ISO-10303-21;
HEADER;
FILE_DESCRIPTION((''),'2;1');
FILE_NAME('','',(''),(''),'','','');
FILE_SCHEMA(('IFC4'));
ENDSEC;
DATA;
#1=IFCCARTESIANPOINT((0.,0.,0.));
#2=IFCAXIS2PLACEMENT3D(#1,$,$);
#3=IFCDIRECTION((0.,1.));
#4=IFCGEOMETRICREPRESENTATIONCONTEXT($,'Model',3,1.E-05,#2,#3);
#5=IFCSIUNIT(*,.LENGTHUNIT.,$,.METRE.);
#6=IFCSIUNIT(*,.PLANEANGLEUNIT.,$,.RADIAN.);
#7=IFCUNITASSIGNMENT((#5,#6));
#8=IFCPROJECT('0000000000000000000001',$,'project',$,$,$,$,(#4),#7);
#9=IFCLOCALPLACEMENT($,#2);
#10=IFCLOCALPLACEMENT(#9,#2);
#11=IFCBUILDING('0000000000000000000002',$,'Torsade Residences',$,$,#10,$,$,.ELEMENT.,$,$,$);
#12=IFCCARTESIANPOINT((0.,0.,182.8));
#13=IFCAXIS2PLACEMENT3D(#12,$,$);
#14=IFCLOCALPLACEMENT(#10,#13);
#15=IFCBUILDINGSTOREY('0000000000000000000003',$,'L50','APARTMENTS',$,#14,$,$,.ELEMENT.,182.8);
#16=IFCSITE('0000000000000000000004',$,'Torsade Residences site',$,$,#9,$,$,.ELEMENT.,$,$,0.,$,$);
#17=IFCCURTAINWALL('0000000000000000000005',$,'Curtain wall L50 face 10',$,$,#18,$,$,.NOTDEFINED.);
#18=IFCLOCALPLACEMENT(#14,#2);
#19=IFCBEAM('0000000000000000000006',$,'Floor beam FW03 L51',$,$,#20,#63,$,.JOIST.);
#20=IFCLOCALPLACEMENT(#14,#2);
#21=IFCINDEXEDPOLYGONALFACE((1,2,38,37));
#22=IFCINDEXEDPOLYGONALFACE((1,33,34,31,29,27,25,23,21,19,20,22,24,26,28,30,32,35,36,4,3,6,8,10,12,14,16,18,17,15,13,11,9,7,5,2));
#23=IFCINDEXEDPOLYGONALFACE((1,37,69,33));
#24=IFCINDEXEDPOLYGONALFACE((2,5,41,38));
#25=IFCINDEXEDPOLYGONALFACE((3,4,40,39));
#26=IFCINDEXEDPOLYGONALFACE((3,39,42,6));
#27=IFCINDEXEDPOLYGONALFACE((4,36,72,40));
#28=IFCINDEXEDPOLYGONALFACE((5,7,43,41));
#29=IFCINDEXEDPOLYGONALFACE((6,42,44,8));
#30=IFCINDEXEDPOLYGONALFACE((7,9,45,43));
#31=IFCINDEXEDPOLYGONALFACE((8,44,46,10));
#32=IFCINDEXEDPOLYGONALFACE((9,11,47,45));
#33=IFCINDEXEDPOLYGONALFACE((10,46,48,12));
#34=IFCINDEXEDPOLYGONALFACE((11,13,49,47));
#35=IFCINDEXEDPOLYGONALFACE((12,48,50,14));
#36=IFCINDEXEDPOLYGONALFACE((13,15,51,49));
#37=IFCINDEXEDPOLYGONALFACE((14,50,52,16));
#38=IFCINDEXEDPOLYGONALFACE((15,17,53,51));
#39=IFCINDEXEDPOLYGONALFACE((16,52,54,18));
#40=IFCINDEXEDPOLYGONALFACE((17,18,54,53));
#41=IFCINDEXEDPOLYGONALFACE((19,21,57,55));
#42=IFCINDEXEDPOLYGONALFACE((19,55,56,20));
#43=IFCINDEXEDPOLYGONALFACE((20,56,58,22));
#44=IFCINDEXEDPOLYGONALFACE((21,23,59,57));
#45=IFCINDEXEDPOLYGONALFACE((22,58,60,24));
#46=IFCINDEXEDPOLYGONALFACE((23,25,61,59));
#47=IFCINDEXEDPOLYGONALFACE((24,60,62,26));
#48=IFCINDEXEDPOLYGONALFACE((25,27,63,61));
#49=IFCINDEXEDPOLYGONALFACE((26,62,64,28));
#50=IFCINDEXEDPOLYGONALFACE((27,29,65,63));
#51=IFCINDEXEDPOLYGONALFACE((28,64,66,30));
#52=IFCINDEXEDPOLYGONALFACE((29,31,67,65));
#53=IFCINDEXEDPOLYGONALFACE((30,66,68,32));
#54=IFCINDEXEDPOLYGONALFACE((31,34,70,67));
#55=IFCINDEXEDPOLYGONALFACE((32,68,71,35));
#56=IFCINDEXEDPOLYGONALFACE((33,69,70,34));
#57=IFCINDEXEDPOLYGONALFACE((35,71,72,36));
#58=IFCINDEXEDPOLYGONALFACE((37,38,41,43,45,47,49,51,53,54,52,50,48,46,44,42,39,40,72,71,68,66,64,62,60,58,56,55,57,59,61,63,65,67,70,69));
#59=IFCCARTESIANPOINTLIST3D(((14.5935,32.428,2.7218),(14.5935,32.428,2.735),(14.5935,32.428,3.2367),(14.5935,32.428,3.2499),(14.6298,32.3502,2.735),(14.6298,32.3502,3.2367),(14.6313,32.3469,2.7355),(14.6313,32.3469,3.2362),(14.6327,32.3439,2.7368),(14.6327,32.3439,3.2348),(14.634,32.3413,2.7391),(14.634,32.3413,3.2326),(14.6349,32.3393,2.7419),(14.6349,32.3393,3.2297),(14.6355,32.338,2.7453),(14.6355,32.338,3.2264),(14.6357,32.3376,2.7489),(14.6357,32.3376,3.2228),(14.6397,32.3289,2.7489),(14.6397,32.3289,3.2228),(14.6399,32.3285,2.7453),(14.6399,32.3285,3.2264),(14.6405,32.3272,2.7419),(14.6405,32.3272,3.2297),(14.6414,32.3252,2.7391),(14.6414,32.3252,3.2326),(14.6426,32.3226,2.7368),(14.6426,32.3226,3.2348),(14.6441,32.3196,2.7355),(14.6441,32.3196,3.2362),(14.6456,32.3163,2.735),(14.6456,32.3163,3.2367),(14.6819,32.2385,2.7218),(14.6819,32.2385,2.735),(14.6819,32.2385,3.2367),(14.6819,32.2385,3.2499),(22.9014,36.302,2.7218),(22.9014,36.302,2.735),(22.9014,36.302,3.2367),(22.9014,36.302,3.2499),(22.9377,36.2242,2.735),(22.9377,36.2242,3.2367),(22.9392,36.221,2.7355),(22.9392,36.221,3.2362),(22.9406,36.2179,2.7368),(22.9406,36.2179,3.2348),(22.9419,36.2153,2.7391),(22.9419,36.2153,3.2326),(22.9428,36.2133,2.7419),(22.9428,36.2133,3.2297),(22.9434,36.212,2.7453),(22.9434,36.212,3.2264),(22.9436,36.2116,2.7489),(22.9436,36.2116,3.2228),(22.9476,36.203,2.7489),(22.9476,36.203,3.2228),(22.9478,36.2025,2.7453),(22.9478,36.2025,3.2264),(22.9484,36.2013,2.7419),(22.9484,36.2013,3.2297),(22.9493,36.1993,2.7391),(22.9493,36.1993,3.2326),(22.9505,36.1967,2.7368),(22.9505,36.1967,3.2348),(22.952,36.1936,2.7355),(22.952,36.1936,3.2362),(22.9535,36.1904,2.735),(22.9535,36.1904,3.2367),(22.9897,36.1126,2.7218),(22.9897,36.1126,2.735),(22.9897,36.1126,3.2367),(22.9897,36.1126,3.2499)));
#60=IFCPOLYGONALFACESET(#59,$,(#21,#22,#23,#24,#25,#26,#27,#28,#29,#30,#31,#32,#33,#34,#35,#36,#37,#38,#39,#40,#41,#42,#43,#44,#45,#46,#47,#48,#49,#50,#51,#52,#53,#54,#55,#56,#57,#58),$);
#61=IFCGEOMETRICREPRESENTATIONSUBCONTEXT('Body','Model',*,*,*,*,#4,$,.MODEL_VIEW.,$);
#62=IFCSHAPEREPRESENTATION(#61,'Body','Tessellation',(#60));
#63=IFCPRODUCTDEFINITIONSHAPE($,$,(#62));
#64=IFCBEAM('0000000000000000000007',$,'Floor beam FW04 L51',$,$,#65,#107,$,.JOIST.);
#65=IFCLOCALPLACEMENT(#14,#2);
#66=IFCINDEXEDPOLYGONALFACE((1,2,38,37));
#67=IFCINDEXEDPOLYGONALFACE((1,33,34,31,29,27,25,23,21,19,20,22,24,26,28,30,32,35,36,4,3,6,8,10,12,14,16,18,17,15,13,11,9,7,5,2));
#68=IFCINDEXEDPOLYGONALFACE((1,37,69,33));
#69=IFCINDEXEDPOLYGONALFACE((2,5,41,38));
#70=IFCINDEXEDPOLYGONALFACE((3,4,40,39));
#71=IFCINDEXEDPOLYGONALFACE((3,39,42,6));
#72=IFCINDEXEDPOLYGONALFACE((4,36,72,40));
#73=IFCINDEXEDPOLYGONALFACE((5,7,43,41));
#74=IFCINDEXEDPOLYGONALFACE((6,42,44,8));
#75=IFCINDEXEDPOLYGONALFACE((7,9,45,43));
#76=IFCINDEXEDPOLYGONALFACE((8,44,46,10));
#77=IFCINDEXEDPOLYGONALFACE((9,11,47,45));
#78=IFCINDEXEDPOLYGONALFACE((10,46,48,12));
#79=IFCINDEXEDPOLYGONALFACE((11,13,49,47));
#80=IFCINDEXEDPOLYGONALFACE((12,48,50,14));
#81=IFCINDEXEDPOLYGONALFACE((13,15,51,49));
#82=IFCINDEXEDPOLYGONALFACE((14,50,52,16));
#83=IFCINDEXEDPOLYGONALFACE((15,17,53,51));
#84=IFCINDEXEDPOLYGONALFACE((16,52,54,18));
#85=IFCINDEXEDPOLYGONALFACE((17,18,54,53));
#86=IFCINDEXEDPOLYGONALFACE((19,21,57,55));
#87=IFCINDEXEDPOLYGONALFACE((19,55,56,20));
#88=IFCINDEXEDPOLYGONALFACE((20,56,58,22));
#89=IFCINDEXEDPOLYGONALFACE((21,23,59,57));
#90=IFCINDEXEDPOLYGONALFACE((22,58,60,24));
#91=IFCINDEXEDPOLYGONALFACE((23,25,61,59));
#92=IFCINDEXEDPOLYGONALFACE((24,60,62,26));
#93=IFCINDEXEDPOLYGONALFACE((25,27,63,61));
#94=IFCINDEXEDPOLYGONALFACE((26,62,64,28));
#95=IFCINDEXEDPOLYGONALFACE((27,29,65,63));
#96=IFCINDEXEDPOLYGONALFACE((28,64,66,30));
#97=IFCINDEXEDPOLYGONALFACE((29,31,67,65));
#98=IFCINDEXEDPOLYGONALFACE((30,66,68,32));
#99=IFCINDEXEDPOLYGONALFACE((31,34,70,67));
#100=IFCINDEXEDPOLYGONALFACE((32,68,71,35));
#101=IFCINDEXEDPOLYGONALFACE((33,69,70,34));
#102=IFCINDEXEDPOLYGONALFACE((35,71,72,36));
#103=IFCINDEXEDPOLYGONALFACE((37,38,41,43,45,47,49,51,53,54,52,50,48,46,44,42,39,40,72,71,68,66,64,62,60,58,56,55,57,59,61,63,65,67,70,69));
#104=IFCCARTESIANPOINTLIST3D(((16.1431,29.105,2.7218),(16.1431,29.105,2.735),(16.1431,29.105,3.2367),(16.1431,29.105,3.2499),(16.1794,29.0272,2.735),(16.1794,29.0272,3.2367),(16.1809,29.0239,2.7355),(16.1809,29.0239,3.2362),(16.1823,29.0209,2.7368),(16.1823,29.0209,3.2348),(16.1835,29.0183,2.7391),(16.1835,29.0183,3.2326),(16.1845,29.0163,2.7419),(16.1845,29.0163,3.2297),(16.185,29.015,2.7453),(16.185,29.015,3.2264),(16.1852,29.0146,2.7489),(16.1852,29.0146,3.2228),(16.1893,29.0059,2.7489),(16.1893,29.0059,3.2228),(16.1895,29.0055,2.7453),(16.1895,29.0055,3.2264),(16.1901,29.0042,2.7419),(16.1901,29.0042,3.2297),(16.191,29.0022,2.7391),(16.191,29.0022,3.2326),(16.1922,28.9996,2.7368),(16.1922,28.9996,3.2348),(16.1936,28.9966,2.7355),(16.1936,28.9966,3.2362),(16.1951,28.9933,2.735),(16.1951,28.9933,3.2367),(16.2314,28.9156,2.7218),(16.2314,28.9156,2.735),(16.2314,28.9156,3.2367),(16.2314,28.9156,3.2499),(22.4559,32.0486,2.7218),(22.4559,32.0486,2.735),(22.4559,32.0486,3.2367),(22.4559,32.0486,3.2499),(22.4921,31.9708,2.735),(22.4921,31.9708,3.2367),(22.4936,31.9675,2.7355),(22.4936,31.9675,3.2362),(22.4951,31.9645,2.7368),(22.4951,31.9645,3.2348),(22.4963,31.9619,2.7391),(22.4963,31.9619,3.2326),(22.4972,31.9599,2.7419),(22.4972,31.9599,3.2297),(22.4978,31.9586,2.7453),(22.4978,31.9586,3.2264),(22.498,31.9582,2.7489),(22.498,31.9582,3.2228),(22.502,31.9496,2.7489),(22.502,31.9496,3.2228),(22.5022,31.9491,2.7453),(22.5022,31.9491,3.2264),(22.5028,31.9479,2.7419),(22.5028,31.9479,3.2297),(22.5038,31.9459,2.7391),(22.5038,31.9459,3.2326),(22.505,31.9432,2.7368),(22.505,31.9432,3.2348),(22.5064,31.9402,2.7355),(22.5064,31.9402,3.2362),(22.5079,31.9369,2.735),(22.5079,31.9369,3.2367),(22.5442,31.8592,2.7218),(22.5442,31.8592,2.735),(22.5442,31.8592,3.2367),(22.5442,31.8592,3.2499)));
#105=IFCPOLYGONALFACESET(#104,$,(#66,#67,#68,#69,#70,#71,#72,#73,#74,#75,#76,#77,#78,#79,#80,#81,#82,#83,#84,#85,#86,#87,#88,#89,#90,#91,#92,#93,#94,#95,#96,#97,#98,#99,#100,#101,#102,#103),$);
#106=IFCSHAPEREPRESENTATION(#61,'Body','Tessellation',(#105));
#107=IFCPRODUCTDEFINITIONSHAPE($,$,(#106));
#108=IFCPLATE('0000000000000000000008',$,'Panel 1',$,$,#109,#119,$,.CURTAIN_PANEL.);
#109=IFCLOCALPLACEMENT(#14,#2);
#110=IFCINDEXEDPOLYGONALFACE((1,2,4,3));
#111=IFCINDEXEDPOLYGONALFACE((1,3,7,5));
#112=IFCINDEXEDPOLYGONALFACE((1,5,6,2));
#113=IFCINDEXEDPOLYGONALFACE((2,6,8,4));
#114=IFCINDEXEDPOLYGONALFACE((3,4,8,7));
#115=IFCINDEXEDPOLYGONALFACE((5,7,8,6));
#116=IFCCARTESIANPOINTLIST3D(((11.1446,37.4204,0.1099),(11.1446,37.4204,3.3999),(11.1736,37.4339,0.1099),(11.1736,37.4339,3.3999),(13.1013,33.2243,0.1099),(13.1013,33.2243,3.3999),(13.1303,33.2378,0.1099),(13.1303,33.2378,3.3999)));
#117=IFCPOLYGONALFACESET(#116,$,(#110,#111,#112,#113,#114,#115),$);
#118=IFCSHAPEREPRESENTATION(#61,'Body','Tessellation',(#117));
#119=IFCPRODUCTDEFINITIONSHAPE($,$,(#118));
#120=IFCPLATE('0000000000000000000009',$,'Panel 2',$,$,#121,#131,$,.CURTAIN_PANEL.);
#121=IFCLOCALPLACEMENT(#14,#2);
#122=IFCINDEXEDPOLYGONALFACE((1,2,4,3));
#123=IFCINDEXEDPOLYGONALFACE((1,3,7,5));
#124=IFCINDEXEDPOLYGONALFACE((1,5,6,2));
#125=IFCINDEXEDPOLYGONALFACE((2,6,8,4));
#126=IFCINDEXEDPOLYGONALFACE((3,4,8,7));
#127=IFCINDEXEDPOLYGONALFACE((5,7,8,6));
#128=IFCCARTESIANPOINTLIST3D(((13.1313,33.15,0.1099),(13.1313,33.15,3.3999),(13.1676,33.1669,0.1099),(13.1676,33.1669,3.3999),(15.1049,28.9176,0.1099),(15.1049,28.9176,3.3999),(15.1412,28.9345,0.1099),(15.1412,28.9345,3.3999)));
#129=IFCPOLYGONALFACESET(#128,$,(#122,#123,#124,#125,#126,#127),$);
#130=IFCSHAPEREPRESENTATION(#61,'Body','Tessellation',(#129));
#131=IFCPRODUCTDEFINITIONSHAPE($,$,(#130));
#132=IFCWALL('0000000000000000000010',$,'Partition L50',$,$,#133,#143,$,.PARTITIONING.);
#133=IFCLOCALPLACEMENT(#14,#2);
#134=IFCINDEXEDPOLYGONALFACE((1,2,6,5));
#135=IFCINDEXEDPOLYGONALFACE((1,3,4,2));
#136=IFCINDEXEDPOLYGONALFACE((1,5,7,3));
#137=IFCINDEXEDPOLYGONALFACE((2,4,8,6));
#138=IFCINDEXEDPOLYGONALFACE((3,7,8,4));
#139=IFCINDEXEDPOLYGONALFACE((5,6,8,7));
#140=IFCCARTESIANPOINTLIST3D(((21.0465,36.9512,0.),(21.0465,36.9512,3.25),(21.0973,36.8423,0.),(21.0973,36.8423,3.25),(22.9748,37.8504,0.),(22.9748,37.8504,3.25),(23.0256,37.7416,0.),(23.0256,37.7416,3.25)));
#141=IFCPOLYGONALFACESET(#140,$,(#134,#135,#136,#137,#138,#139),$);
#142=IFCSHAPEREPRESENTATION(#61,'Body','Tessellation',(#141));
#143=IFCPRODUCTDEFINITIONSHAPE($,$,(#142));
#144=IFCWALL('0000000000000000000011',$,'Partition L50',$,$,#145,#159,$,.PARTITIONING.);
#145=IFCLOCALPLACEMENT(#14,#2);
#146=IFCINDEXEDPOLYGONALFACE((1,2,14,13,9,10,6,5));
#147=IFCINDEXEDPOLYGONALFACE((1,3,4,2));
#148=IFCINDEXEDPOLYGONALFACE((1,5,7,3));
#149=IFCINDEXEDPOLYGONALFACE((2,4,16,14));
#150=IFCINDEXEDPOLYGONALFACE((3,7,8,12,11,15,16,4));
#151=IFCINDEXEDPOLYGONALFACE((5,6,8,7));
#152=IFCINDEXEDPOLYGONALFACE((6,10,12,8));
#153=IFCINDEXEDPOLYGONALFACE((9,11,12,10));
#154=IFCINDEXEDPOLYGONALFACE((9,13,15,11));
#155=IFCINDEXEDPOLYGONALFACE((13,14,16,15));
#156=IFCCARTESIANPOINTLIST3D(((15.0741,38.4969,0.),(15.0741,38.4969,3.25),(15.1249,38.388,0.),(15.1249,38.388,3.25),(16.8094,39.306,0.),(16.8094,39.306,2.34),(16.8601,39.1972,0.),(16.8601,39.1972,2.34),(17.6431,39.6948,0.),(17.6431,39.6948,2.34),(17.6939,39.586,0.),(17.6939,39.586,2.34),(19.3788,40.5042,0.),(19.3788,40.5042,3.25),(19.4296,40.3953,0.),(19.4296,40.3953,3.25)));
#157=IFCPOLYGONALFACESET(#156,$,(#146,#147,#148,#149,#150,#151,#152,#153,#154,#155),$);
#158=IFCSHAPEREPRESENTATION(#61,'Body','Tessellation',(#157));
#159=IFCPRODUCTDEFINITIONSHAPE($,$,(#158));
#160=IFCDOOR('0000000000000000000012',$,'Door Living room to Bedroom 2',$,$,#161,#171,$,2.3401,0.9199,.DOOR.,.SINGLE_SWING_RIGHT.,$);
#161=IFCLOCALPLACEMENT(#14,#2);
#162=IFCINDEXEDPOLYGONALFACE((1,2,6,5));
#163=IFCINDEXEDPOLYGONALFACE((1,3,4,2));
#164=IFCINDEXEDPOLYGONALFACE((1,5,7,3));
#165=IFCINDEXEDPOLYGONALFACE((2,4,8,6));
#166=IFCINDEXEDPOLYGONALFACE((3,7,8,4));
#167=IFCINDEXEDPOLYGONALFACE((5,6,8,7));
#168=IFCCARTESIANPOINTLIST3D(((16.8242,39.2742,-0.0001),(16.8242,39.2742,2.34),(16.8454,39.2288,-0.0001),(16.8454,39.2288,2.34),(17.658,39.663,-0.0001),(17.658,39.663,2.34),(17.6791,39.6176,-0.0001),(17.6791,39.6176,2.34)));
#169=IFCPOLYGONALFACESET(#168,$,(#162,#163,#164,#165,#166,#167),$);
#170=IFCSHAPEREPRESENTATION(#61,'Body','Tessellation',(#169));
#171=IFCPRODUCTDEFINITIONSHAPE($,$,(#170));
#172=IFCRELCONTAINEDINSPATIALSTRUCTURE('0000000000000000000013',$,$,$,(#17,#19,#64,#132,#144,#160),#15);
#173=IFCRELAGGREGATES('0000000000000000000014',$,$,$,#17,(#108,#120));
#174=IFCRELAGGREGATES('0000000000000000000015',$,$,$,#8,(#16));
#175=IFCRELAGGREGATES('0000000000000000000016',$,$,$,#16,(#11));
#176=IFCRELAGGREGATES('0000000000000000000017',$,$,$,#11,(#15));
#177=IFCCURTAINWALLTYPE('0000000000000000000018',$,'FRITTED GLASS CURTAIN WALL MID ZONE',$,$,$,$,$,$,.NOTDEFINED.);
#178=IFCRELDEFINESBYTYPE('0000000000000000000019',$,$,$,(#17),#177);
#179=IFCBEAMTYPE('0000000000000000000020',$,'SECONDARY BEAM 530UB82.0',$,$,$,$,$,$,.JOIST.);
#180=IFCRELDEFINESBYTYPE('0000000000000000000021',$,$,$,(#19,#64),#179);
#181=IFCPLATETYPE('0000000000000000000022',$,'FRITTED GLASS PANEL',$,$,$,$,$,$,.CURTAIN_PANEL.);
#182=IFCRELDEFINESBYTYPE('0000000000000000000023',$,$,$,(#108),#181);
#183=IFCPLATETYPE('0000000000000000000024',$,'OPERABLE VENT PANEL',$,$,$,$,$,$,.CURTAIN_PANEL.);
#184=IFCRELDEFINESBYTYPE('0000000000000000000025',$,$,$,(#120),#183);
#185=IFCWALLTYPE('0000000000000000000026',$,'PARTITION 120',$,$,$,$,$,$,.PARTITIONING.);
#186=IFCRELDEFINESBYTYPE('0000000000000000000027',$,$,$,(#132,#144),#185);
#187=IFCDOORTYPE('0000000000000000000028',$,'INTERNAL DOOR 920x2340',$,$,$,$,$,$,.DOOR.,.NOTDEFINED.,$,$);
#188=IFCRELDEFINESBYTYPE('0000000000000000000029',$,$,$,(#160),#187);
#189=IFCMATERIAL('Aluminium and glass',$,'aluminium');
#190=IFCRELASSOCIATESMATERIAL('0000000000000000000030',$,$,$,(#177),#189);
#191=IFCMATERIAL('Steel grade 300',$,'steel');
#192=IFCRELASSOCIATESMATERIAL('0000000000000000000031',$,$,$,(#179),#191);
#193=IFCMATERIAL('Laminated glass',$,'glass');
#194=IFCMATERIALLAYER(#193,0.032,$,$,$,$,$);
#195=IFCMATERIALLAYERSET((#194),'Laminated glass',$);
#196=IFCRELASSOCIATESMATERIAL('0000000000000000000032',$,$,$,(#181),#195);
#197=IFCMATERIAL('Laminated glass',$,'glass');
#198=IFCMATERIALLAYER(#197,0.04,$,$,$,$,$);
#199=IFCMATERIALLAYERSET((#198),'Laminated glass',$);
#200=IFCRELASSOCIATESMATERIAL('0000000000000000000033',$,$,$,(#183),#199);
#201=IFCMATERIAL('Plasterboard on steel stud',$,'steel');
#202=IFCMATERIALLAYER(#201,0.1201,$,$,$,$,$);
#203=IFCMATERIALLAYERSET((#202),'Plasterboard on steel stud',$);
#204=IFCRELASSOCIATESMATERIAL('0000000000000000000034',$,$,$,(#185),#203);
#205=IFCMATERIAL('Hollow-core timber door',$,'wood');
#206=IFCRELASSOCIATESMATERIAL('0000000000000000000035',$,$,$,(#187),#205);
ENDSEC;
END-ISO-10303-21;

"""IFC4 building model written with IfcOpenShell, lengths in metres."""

from ifc_helpers import new_model, si_unit, direction, frame, frame_2d, origin, origin_2d, place, context, subcontext, project, spatial, rectangle, i_section, extrude, material, layer, layer_set, material_profile, profile_set, type_object, element, fill, aggregate, save


model = new_model("IFC4")

# Units and contexts
model_context = context("Model", 3, precision=1e-05, world=origin(), true_north=direction((0.0, 1.0)))
body_context = subcontext(model_context, "Body", "Model", "MODEL_VIEW")
ifc_project = project(units=[si_unit("LENGTHUNIT", "METRE"), si_unit("PLANEANGLEUNIT", "RADIAN")], contexts=[model_context])

# Site, building, storey
site_placement = place(None, origin())
site = spatial("IfcSite", under=ifc_project, at=site_placement, Name="Torsade Residences site", CompositionType="ELEMENT", RefElevation=0.0)
building_placement = place(site_placement, origin())
building = spatial("IfcBuilding", under=site, at=building_placement, Name="Torsade Residences", CompositionType="ELEMENT")
storey_placement = place(building_placement, frame((0.0, 0.0, 182.8)))
storey = spatial("IfcBuildingStorey", under=building, at=storey_placement, Name="L50", Description="APARTMENTS", CompositionType="ELEMENT", Elevation=182.8)

# Curtain wall
ifc_material_1 = material(Name="Aluminium and glass", Category="aluminium")
curtain_wall_type = type_object("IfcCurtainWallType", Name="FRITTED GLASS CURTAIN WALL MID ZONE", PredefinedType="NOTDEFINED", material=ifc_material_1)
curtain_wall_placement = place(storey_placement, origin())
curtain_wall = element("IfcCurtainWall", 1, at=curtain_wall_placement, inside=storey, type_object=curtain_wall_type, Name="Curtain wall L50 face 10", PredefinedType="NOTDEFINED")

# Beams
ifc_material_2 = material(Name="Steel grade 300", Category="steel")
ifc_material_profile_1 = material_profile(ifc_material_2, i_section(OverallWidth=0.209, OverallDepth=0.5281, WebThickness=0.0095, FlangeThickness=0.0132, FilletRadius=0.0139, at=origin_2d()), Name="530UB82.0")
ifc_profile_set_1 = profile_set([ifc_material_profile_1], Name="Steel grade 300")
beam_type_1 = type_object("IfcBeamType", Name="SECONDARY BEAM 530UB82.0", PredefinedType="JOIST", material=ifc_profile_set_1)
beam_1_placement = place(storey_placement, frame((14.6377, 32.3333, 2.9858), z_axis=(0.906308, 0.422619, 0.0), x_axis=(-0.422619, 0.906308, 0.0)))
element("IfcBeam", 2, at=beam_1_placement, inside=storey, type_object=beam_type_1, Name="Floor beam FW03 L51", PredefinedType="JOIST", context=body_context, shape_type="SweptSolid", body=[
    extrude(i_section(OverallWidth=0.209, OverallDepth=0.5281, WebThickness=0.0095, FlangeThickness=0.0132, FilletRadius=0.0139, at=origin_2d()), origin(), (0.0, 0.0, 1.0), 9.1667),
])
beam_2_placement = place(storey_placement, frame((16.1873, 29.0103, 2.9858), z_axis=(0.906312, 0.422609, 0.0), x_axis=(-0.422609, 0.906312, 0.0)))
element("IfcBeam", 3, at=beam_2_placement, inside=storey, type_object=beam_type_1, Name="Floor beam FW04 L51", PredefinedType="JOIST", context=body_context, shape_type="SweptSolid", body=[
    extrude(i_section(OverallWidth=0.209, OverallDepth=0.5281, WebThickness=0.0095, FlangeThickness=0.0132, FilletRadius=0.0139, at=origin_2d()), origin(), (0.0, 0.0, 1.0), 6.9653),
])

# Plates
ifc_material_3 = material(Name="Laminated glass", Category="glass")
ifc_layer_1 = layer(ifc_material_3, 0.032)
ifc_layer_set_1 = layer_set([ifc_layer_1], Name="Laminated glass")
plate_type_1 = type_object("IfcPlateType", Name="FRITTED GLASS PANEL", PredefinedType="CURTAIN_PANEL", material=ifc_layer_set_1)
plate_1_placement = place(storey_placement, frame((12.1375, 35.3291, 0.1099), z_axis=(0.0, 0.0, 1.0), x_axis=(0.422618, -0.906308, 0.0)))
plate_1 = element("IfcPlate", 4, at=plate_1_placement, type_object=plate_type_1, Name="Panel 1", PredefinedType="CURTAIN_PANEL", context=body_context, shape_type="SweptSolid", body=[
    extrude(rectangle(XDim=4.6299, YDim=0.032, at=origin_2d()), origin(), (0.0, 0.0, 1.0), 3.29),
])
ifc_material_4 = material(Name="Laminated glass", Category="glass")
ifc_layer_2 = layer(ifc_material_4, 0.04)
ifc_layer_set_2 = layer_set([ifc_layer_2], Name="Laminated glass")
plate_type_2 = type_object("IfcPlateType", Name="OPERABLE VENT PANEL", PredefinedType="CURTAIN_PANEL", material=ifc_layer_set_2)
plate_2_placement = place(storey_placement, frame((14.1362, 31.0422, 0.1099), z_axis=(0.0, 0.0, 1.0), x_axis=(0.422618, -0.906308, 0.0)))
plate_2 = element("IfcPlate", 5, at=plate_2_placement, type_object=plate_type_2, Name="Panel 2", PredefinedType="CURTAIN_PANEL", context=body_context, shape_type="SweptSolid", body=[
    extrude(rectangle(XDim=4.6699, YDim=0.04, at=origin_2d()), origin(), (0.0, 0.0, 1.0), 3.29),
])
aggregate(curtain_wall, [plate_1, plate_2])

# Wall
ifc_material_5 = material(Name="Plasterboard on steel stud", Category="steel")
ifc_layer_3 = layer(ifc_material_5, 0.1201)
ifc_layer_set_3 = layer_set([ifc_layer_3], Name="Plasterboard on steel stud")
wall_type_1 = type_object("IfcWallType", Name="PARTITION 120", PredefinedType="PARTITIONING", material=ifc_layer_set_3)
wall_1_placement = place(storey_placement, frame((21.0718, 36.8967, 0.0), z_axis=(0.0, 0.0, 1.0), x_axis=(0.906303, 0.422628, 0.0)))
element("IfcWall", 6, at=wall_1_placement, inside=storey, type_object=wall_type_1, Name="Partition L50", PredefinedType="PARTITIONING", context=body_context, shape_type="SweptSolid", body=[
    extrude(rectangle(XDim=2.1277, YDim=0.1201, at=frame_2d((1.064, 0.0))), origin(), (0.0, 0.0, 1.0), 3.25),
])

# Wall, opening, door
wall_2_placement = place(storey_placement, frame((15.0994, 38.4424, 0.0), z_axis=(0.0, 0.0, 1.0), x_axis=(0.906307, 0.422621, 0.0)))
wall_2 = element("IfcWall", 7, at=wall_2_placement, inside=storey, type_object=wall_type_1, Name="Partition L50", PredefinedType="PARTITIONING", context=body_context, shape_type="SweptSolid", body=[
    extrude(rectangle(XDim=4.7498, YDim=0.1201, at=frame_2d((2.375, 0.0))), origin(), (0.0, 0.0, 1.0), 3.25),
])
opening_1_placement = place(wall_2_placement, frame((1.9148, 0.0, 0.0)))
opening_1 = element("IfcOpeningElement", 8, at=opening_1_placement, cuts=wall_2, PredefinedType="OPENING", context=body_context, shape_type="SweptSolid", body=[
    extrude(rectangle(XDim=0.9199, YDim=2.3401, at=frame_2d((0.46, 1.1699))), frame((0.0, 0.0701, 0.0), z_axis=(0.0, -1.0, 0.0), x_axis=(1.0, 0.0, 0.0)), (0.0, 0.0, 1.0), 0.1401),
])
ifc_material_6 = material(Name="Hollow-core timber door", Category="wood")
door_type = type_object("IfcDoorType", Name="INTERNAL DOOR 920x2340", OperationType="NOTDEFINED", PredefinedType="DOOR", material=ifc_material_6)
door_1_placement = place(opening_1_placement, origin())
door_1 = element("IfcDoor", 9, at=door_1_placement, inside=storey, type_object=door_type, Name="Door Living room to Bedroom 2", OperationType="SINGLE_SWING_RIGHT", OverallHeight=2.3401, OverallWidth=0.9199, PredefinedType="DOOR", context=body_context, shape_type="SweptSolid", body=[
    extrude(rectangle(XDim=0.9199, YDim=2.3401, at=frame_2d((0.46, 1.1699))), frame((0.0, 0.0249, 0.0), z_axis=(0.0, -1.0, 0.0), x_axis=(1.0, 0.0, 0.0)), (0.0, 0.0, 1.0), 0.05),
])
fill(opening_1, door_1)

save(model, "model.ifc")
